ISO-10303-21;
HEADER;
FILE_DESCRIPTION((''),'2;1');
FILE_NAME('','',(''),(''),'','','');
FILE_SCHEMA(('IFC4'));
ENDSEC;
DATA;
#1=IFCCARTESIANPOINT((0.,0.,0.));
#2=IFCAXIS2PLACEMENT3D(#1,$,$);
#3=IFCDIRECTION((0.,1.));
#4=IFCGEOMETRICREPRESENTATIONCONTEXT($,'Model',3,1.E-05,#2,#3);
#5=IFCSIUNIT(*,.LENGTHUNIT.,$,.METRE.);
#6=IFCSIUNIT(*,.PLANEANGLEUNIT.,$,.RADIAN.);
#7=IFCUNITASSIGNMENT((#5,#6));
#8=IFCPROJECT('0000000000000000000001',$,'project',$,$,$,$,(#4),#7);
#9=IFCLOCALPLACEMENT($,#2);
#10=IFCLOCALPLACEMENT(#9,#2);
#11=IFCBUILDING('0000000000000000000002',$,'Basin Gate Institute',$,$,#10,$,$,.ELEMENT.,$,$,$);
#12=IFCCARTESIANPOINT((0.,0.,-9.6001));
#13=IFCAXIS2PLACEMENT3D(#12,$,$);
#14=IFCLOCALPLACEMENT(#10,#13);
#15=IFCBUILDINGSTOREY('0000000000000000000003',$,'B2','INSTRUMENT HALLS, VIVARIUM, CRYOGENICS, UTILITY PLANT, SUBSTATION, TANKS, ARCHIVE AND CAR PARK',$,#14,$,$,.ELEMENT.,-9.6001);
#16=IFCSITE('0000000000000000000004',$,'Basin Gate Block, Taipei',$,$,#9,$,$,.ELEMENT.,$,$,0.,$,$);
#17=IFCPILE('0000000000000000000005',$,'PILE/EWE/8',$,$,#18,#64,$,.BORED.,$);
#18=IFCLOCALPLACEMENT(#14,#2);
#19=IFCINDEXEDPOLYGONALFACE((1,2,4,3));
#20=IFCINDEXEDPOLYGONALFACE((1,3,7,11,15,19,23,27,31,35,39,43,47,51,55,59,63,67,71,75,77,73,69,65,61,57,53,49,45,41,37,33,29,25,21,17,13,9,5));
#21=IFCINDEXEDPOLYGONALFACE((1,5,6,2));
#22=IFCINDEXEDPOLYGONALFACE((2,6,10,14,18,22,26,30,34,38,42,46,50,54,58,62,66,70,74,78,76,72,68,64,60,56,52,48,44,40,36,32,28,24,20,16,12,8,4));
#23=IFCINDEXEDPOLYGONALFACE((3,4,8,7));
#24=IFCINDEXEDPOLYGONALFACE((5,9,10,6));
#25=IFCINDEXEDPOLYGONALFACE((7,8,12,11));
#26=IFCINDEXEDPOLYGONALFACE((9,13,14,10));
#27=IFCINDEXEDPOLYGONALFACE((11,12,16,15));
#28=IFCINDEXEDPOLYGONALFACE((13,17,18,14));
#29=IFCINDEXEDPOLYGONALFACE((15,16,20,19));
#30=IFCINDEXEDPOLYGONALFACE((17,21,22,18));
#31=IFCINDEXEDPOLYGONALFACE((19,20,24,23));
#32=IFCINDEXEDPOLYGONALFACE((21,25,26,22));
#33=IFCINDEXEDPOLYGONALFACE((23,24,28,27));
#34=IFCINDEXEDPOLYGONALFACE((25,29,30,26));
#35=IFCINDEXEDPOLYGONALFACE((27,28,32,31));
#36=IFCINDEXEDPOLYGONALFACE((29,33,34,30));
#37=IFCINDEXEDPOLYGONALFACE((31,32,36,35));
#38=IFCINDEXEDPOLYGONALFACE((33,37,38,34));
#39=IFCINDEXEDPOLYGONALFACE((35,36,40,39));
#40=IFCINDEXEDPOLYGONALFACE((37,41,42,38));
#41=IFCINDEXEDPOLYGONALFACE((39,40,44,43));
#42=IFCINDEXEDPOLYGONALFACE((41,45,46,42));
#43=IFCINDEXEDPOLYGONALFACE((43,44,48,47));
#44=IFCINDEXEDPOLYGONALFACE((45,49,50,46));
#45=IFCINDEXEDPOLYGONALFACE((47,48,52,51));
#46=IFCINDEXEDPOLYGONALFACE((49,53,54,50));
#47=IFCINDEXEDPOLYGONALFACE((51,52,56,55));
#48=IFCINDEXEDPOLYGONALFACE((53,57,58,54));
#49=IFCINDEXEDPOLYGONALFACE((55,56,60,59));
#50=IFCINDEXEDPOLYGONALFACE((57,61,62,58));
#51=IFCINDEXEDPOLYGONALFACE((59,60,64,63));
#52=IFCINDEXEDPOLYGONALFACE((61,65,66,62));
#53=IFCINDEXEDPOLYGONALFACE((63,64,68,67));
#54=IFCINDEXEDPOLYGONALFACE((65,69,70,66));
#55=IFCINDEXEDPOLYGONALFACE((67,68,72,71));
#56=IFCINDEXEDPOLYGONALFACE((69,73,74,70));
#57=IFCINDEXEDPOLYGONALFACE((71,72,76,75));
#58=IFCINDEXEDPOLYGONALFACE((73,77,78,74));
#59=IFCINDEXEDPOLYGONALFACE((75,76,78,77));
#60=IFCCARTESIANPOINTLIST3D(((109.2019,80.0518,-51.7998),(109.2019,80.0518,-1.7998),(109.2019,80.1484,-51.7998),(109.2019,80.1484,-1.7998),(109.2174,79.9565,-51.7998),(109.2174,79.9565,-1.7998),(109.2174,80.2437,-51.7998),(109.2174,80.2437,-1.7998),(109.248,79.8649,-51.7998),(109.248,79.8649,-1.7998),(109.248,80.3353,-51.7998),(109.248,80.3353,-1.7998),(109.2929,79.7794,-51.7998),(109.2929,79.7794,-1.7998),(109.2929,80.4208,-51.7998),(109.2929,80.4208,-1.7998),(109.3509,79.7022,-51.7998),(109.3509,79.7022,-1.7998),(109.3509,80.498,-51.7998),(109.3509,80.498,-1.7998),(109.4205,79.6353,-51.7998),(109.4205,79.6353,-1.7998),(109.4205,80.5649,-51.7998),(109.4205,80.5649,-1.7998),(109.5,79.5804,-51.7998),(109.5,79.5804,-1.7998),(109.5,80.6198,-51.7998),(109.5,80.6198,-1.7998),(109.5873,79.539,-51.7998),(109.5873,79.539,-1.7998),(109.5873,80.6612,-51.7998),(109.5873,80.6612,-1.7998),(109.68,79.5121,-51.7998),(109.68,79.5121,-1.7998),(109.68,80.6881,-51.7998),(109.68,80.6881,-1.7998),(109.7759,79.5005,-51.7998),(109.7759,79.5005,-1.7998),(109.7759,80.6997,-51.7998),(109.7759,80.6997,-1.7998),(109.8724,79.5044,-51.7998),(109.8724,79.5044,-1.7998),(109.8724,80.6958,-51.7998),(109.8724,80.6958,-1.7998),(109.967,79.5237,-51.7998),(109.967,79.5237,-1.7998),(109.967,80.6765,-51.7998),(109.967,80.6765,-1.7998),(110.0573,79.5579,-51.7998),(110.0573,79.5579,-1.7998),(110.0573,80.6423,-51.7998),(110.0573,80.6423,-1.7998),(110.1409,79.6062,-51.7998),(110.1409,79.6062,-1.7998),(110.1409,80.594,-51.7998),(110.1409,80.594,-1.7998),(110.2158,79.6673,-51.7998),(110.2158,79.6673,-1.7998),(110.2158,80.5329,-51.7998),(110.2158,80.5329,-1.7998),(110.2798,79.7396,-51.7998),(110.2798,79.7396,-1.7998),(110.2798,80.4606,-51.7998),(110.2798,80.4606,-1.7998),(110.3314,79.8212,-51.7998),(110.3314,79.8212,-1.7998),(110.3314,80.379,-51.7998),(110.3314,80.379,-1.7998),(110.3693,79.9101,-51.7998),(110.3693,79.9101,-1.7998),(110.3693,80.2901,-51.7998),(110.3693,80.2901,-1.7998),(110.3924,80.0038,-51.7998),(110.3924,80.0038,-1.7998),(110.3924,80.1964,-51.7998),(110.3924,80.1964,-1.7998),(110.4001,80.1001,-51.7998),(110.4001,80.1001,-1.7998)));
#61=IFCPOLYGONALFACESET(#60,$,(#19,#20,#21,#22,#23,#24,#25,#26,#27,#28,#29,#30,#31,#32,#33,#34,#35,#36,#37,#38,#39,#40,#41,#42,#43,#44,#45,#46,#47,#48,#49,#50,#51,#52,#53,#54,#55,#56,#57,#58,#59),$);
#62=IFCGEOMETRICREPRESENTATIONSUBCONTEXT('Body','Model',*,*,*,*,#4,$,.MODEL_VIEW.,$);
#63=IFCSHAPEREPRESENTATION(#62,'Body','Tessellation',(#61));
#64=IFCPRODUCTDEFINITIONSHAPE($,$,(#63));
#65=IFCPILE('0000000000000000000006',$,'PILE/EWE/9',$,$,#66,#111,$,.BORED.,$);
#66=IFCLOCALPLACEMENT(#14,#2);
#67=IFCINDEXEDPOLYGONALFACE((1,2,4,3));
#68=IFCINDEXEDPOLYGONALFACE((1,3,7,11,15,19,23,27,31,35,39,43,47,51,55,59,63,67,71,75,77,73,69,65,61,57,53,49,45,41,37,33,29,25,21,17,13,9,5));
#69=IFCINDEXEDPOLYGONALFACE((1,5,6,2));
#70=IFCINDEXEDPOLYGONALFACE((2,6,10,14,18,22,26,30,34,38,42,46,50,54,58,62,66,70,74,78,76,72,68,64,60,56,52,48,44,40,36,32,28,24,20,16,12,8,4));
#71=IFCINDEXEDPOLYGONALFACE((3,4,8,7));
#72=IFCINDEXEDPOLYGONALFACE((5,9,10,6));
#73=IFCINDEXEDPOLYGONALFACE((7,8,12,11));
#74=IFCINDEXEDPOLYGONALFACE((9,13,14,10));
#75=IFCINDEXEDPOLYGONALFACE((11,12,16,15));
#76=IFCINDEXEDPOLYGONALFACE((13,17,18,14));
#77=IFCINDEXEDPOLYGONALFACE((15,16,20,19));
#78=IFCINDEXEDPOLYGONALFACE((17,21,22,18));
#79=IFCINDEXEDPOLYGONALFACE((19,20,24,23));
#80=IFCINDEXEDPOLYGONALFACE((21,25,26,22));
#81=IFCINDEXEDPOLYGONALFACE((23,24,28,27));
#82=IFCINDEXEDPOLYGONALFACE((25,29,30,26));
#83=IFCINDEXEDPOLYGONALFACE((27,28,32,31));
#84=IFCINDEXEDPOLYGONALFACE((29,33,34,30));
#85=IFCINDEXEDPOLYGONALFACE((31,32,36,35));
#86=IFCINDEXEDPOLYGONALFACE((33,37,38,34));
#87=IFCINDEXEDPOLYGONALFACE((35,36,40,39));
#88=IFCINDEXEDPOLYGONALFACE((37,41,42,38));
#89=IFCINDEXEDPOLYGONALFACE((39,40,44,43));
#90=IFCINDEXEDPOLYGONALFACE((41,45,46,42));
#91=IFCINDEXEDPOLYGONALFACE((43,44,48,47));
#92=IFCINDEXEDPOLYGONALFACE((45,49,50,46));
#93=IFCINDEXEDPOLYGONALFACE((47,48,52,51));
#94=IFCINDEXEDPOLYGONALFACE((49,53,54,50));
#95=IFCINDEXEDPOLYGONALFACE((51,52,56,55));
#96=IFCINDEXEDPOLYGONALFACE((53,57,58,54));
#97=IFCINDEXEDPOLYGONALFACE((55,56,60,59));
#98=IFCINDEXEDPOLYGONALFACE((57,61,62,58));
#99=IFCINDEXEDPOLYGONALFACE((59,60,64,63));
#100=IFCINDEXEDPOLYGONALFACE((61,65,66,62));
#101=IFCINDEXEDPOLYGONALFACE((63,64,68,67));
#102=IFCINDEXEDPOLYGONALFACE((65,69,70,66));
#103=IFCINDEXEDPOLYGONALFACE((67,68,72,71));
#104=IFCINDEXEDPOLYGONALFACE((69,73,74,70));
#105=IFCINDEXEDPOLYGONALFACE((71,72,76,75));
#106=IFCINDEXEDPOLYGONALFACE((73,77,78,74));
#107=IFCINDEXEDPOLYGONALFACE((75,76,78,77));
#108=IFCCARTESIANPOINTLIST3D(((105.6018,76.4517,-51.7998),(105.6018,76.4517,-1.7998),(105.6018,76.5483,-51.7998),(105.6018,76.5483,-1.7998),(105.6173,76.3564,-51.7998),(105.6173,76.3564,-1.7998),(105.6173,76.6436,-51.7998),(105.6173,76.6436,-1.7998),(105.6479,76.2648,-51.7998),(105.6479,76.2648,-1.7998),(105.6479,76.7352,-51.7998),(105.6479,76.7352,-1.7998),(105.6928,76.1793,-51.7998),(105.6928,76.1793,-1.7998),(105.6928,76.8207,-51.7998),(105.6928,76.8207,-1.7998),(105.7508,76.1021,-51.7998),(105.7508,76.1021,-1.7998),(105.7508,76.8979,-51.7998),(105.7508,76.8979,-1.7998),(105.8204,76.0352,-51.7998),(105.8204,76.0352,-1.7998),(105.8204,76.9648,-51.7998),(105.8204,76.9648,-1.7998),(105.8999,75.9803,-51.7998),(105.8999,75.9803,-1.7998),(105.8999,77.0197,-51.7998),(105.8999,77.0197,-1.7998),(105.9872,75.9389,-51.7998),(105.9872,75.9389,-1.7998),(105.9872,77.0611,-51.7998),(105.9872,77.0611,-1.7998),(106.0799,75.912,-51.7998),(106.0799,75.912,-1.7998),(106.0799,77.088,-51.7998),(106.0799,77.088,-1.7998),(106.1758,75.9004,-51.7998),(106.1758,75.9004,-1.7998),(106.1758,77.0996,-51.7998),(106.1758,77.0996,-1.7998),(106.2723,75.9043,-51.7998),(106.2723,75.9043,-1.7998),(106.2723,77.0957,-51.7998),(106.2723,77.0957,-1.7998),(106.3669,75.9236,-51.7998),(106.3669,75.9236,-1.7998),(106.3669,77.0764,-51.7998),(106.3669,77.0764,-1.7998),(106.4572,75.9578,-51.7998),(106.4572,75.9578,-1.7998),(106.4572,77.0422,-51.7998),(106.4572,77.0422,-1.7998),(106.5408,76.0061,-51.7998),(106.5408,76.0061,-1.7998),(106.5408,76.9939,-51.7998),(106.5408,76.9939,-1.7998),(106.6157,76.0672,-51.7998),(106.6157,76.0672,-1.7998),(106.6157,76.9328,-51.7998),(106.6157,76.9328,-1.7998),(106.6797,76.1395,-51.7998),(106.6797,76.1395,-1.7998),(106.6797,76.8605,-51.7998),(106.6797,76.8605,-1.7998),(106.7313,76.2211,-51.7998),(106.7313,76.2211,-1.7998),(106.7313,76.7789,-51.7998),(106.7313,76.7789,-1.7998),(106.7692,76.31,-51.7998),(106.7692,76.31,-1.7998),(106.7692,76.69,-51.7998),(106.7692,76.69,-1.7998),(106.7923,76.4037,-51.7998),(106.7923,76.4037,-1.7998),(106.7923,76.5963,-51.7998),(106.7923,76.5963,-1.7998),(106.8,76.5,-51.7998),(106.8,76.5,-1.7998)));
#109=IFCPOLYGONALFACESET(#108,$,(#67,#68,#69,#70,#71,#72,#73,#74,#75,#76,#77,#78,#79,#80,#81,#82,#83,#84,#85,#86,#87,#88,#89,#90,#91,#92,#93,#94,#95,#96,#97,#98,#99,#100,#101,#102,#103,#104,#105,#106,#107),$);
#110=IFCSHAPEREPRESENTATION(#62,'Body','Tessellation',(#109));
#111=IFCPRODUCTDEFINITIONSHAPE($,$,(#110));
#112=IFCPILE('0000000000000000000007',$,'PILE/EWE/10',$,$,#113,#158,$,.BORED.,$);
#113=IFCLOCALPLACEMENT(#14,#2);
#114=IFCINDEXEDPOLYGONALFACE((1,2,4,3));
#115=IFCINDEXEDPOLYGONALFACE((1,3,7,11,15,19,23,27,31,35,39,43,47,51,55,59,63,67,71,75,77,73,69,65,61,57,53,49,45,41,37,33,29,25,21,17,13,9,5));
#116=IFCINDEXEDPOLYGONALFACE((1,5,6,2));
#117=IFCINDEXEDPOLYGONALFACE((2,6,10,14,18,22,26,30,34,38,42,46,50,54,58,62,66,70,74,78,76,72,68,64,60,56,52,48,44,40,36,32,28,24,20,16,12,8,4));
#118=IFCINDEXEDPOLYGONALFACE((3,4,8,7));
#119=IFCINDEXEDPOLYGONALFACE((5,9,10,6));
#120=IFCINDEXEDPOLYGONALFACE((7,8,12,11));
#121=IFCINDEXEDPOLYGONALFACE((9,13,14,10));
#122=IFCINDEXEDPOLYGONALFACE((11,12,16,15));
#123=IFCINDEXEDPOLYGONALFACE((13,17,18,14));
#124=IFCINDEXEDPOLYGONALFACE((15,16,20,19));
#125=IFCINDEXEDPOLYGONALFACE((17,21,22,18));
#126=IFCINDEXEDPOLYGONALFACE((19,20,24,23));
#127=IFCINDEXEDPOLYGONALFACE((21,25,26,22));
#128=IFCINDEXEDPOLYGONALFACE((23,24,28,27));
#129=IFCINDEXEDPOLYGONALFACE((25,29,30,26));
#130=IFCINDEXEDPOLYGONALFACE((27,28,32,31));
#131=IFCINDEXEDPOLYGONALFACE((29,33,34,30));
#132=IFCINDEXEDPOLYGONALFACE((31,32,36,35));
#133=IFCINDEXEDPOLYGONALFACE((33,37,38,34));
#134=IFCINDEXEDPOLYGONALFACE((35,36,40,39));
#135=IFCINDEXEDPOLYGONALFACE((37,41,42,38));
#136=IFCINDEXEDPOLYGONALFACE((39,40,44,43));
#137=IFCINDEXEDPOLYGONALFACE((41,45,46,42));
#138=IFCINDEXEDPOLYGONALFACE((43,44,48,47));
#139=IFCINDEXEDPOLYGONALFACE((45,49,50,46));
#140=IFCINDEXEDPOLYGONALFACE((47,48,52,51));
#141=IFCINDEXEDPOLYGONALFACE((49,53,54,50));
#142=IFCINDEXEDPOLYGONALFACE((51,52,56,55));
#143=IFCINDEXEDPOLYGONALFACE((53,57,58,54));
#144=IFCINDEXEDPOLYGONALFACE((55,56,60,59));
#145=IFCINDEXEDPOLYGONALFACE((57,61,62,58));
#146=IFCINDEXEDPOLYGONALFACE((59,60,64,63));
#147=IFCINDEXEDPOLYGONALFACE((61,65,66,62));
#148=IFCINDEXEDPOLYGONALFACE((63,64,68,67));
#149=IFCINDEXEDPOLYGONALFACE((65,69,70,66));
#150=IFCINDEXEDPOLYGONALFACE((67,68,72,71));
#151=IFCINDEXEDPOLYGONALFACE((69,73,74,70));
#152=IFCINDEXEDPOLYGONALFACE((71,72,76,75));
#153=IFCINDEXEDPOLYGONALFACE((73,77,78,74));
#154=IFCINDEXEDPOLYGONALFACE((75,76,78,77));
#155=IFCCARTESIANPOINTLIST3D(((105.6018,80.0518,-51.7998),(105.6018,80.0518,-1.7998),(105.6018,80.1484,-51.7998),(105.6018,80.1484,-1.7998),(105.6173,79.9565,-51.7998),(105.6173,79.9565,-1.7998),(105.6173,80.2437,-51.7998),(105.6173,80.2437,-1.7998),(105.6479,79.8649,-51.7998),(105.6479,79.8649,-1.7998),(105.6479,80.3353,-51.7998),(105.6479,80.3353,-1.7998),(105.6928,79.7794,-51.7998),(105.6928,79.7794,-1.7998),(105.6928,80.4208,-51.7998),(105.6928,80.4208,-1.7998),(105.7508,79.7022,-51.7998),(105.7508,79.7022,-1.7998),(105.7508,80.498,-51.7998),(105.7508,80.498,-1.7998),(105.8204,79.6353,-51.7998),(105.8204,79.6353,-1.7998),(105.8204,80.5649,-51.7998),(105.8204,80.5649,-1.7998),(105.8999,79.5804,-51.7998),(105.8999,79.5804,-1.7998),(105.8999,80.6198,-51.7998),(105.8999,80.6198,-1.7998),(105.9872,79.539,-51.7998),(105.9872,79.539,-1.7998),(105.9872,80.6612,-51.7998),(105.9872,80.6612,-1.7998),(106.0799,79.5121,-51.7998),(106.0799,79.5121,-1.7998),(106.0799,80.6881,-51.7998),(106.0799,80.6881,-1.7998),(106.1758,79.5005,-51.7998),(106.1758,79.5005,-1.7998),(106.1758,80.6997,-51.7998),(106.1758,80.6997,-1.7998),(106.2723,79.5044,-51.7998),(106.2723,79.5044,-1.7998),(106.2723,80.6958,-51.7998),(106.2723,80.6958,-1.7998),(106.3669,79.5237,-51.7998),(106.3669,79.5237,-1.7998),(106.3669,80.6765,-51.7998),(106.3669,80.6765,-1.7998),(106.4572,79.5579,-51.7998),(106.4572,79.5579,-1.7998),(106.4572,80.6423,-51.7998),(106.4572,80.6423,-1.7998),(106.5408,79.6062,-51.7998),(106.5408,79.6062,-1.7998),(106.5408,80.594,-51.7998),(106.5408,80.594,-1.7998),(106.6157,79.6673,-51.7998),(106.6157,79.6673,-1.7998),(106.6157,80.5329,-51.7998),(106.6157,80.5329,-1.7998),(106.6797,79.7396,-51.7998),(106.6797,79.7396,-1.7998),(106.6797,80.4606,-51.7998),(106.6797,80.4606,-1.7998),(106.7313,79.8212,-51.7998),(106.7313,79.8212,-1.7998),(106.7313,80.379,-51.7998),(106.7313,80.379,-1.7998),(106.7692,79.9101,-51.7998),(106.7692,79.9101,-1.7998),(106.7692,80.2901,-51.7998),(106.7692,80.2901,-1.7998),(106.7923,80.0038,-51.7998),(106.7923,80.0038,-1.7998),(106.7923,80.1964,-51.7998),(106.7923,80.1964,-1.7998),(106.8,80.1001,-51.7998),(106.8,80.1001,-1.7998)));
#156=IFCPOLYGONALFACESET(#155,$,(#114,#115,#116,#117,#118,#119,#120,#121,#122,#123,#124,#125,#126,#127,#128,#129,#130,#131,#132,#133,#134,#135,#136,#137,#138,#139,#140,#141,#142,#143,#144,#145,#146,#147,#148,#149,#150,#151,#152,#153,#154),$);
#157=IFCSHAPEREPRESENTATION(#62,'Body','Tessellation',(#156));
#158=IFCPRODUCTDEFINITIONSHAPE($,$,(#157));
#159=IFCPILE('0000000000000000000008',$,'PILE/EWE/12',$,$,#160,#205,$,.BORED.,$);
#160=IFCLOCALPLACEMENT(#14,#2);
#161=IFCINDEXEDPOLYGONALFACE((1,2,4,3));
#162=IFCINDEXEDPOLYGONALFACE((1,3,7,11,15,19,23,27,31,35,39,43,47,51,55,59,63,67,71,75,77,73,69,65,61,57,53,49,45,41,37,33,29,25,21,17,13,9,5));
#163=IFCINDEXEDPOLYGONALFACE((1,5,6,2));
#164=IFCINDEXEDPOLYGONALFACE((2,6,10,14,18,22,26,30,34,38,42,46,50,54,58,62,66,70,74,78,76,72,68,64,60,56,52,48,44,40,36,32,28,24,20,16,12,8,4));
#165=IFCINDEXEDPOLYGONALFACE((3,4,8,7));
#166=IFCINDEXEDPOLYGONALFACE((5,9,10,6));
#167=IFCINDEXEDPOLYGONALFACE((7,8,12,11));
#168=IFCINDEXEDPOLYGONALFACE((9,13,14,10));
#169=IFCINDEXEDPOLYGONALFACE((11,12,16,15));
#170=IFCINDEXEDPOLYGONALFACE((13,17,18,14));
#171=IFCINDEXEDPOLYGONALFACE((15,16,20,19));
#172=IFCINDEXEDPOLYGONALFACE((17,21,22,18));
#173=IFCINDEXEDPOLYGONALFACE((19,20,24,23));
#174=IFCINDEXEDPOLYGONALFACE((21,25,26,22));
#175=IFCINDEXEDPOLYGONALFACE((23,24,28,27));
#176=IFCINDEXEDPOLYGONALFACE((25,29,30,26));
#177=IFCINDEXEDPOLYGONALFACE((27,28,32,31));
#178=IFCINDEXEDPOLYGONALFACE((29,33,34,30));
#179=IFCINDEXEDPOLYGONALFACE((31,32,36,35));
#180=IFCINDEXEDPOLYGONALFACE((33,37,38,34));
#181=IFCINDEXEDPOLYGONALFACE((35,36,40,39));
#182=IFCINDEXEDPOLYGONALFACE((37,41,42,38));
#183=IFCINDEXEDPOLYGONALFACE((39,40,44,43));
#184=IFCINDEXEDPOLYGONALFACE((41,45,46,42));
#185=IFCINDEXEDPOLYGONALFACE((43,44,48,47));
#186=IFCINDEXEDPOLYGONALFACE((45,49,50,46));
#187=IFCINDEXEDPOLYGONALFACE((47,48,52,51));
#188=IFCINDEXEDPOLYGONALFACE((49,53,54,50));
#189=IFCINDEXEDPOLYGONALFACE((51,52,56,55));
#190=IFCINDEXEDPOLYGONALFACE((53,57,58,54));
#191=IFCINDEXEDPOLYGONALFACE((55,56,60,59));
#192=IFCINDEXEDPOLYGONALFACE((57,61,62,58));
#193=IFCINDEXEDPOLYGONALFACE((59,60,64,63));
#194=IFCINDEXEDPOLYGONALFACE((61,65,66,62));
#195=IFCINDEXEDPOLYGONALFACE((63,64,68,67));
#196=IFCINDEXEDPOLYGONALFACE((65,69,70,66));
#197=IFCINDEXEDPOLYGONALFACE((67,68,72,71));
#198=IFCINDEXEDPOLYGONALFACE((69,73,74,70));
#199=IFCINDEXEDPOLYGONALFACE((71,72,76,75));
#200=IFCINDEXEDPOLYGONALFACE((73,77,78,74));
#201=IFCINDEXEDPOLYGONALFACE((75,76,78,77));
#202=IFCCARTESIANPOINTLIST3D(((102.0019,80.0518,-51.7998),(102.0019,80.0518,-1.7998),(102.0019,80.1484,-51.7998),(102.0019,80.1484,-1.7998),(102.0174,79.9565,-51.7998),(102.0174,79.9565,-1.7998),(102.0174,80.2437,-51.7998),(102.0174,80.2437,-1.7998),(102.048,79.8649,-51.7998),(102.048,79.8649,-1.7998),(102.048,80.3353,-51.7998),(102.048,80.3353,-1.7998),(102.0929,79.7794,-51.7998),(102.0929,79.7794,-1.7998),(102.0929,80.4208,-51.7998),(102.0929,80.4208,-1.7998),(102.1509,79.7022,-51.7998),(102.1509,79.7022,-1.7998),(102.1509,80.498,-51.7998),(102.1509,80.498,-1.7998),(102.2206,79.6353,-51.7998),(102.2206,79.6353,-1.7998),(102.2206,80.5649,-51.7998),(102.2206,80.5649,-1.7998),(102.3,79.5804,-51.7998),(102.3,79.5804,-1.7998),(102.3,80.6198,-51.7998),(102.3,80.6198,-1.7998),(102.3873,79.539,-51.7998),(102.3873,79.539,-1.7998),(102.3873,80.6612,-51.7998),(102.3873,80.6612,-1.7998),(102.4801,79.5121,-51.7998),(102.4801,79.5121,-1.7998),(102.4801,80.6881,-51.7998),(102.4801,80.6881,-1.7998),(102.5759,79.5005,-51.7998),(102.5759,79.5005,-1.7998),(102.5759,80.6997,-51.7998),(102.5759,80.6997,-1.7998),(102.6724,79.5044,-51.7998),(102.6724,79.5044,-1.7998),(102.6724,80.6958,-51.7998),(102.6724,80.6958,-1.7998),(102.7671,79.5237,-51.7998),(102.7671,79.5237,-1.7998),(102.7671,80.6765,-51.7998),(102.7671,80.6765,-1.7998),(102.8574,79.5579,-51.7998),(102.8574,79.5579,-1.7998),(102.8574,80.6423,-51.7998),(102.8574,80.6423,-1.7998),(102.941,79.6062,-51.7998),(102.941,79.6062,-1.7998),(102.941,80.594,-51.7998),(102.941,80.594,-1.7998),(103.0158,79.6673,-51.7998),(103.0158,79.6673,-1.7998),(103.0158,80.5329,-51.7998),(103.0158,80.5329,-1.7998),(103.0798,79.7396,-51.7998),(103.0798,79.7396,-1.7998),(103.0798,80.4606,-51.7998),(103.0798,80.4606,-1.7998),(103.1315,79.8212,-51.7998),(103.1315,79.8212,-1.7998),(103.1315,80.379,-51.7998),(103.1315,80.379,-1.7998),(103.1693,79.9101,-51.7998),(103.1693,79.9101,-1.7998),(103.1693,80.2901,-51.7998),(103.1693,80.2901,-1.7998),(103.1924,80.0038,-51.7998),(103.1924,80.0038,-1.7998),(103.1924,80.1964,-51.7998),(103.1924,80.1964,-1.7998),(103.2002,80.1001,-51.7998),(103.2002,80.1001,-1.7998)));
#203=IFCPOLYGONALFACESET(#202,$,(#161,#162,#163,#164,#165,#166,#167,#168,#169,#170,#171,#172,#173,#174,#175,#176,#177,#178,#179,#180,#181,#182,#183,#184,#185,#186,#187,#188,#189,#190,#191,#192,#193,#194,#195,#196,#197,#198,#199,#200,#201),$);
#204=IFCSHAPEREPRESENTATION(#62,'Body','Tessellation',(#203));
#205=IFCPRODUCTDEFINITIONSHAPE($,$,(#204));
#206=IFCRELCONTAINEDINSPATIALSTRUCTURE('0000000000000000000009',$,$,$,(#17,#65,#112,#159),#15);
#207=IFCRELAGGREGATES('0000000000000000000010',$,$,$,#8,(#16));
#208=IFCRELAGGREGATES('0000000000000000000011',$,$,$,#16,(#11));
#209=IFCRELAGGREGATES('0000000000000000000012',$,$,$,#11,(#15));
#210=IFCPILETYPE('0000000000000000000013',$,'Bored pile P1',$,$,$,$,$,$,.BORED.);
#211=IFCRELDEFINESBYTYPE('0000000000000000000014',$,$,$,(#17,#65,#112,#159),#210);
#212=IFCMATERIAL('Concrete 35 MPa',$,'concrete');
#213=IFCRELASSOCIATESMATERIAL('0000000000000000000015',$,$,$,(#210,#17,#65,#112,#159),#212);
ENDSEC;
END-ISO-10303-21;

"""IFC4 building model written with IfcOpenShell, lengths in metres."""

from ifc_helpers import new_model, si_unit, direction, frame, origin, origin_2d, place, context, subcontext, project, spatial, circle, extrude, material, material_profile, profile_set, type_object, element, save


model = new_model("IFC4")

# Units and contexts
model_context = context("Model", 3, precision=1e-05, world=origin(), true_north=direction((0.0, 1.0)))
body_context = subcontext(model_context, "Body", "Model", "MODEL_VIEW")
ifc_project = project(units=[si_unit("LENGTHUNIT", "METRE"), si_unit("PLANEANGLEUNIT", "RADIAN")], contexts=[model_context])

# Site, building, storey
site_placement = place(None, origin())
site = spatial("IfcSite", under=ifc_project, at=site_placement, Name="Basin Gate Block, Taipei", CompositionType="ELEMENT", RefElevation=0.0)
building_placement = place(site_placement, origin())
building = spatial("IfcBuilding", under=site, at=building_placement, Name="Basin Gate Institute", CompositionType="ELEMENT")
storey_placement = place(building_placement, frame((0.0, 0.0, -9.6001)))
storey = spatial("IfcBuildingStorey", under=building, at=storey_placement, Name="B2", Description="INSTRUMENT HALLS, VIVARIUM, CRYOGENICS, UTILITY PLANT, SUBSTATION, TANKS, ARCHIVE AND CAR PARK", CompositionType="ELEMENT", Elevation=-9.6001)

# Piles
ifc_material_1 = material(Name="Concrete 35 MPa", Category="concrete")
ifc_material_profile_1 = material_profile(ifc_material_1, circle(Radius=0.6001, at=origin_2d()), Name="Bored pile P1 1200 dia")
ifc_profile_set_1 = profile_set([ifc_material_profile_1], Name="Concrete 35 MPa")
pile_type = type_object("IfcPileType", Name="Bored pile P1", PredefinedType="BORED", material=ifc_profile_set_1)
for number, where, z_axis, x_axis, name in (
    (1, (109.8, 80.1001, -1.7998), (0.0, 0.0, -1.0), (1.0, 0.0, 0.0), "PILE/EWE/8"),
    (2, (106.2, 76.5, -1.7998), (0.0, 0.0, -1.0), (1.0, 0.0, 0.0), "PILE/EWE/9"),
    (3, (106.2, 80.1001, -1.7998), (0.0, 0.0, -1.0), (1.0, 0.0, 0.0), "PILE/EWE/10"),
    (4, (102.6001, 80.1001, -1.7998), (0.0, 0.0, -1.0), (1.0, 0.0, 0.0), "PILE/EWE/12"),
):
    element("IfcPile", number, at=place(storey_placement, frame(where, z_axis=z_axis, x_axis=x_axis)), inside=storey, type_object=pile_type, material=ifc_profile_set_1, Name=name, PredefinedType="BORED", context=body_context, shape_type="SweptSolid", body=[
        extrude(circle(Radius=0.6001, at=origin_2d()), origin(), (0.0, 0.0, 1.0), 50.0),
    ])

save(model, "model.ifc")
